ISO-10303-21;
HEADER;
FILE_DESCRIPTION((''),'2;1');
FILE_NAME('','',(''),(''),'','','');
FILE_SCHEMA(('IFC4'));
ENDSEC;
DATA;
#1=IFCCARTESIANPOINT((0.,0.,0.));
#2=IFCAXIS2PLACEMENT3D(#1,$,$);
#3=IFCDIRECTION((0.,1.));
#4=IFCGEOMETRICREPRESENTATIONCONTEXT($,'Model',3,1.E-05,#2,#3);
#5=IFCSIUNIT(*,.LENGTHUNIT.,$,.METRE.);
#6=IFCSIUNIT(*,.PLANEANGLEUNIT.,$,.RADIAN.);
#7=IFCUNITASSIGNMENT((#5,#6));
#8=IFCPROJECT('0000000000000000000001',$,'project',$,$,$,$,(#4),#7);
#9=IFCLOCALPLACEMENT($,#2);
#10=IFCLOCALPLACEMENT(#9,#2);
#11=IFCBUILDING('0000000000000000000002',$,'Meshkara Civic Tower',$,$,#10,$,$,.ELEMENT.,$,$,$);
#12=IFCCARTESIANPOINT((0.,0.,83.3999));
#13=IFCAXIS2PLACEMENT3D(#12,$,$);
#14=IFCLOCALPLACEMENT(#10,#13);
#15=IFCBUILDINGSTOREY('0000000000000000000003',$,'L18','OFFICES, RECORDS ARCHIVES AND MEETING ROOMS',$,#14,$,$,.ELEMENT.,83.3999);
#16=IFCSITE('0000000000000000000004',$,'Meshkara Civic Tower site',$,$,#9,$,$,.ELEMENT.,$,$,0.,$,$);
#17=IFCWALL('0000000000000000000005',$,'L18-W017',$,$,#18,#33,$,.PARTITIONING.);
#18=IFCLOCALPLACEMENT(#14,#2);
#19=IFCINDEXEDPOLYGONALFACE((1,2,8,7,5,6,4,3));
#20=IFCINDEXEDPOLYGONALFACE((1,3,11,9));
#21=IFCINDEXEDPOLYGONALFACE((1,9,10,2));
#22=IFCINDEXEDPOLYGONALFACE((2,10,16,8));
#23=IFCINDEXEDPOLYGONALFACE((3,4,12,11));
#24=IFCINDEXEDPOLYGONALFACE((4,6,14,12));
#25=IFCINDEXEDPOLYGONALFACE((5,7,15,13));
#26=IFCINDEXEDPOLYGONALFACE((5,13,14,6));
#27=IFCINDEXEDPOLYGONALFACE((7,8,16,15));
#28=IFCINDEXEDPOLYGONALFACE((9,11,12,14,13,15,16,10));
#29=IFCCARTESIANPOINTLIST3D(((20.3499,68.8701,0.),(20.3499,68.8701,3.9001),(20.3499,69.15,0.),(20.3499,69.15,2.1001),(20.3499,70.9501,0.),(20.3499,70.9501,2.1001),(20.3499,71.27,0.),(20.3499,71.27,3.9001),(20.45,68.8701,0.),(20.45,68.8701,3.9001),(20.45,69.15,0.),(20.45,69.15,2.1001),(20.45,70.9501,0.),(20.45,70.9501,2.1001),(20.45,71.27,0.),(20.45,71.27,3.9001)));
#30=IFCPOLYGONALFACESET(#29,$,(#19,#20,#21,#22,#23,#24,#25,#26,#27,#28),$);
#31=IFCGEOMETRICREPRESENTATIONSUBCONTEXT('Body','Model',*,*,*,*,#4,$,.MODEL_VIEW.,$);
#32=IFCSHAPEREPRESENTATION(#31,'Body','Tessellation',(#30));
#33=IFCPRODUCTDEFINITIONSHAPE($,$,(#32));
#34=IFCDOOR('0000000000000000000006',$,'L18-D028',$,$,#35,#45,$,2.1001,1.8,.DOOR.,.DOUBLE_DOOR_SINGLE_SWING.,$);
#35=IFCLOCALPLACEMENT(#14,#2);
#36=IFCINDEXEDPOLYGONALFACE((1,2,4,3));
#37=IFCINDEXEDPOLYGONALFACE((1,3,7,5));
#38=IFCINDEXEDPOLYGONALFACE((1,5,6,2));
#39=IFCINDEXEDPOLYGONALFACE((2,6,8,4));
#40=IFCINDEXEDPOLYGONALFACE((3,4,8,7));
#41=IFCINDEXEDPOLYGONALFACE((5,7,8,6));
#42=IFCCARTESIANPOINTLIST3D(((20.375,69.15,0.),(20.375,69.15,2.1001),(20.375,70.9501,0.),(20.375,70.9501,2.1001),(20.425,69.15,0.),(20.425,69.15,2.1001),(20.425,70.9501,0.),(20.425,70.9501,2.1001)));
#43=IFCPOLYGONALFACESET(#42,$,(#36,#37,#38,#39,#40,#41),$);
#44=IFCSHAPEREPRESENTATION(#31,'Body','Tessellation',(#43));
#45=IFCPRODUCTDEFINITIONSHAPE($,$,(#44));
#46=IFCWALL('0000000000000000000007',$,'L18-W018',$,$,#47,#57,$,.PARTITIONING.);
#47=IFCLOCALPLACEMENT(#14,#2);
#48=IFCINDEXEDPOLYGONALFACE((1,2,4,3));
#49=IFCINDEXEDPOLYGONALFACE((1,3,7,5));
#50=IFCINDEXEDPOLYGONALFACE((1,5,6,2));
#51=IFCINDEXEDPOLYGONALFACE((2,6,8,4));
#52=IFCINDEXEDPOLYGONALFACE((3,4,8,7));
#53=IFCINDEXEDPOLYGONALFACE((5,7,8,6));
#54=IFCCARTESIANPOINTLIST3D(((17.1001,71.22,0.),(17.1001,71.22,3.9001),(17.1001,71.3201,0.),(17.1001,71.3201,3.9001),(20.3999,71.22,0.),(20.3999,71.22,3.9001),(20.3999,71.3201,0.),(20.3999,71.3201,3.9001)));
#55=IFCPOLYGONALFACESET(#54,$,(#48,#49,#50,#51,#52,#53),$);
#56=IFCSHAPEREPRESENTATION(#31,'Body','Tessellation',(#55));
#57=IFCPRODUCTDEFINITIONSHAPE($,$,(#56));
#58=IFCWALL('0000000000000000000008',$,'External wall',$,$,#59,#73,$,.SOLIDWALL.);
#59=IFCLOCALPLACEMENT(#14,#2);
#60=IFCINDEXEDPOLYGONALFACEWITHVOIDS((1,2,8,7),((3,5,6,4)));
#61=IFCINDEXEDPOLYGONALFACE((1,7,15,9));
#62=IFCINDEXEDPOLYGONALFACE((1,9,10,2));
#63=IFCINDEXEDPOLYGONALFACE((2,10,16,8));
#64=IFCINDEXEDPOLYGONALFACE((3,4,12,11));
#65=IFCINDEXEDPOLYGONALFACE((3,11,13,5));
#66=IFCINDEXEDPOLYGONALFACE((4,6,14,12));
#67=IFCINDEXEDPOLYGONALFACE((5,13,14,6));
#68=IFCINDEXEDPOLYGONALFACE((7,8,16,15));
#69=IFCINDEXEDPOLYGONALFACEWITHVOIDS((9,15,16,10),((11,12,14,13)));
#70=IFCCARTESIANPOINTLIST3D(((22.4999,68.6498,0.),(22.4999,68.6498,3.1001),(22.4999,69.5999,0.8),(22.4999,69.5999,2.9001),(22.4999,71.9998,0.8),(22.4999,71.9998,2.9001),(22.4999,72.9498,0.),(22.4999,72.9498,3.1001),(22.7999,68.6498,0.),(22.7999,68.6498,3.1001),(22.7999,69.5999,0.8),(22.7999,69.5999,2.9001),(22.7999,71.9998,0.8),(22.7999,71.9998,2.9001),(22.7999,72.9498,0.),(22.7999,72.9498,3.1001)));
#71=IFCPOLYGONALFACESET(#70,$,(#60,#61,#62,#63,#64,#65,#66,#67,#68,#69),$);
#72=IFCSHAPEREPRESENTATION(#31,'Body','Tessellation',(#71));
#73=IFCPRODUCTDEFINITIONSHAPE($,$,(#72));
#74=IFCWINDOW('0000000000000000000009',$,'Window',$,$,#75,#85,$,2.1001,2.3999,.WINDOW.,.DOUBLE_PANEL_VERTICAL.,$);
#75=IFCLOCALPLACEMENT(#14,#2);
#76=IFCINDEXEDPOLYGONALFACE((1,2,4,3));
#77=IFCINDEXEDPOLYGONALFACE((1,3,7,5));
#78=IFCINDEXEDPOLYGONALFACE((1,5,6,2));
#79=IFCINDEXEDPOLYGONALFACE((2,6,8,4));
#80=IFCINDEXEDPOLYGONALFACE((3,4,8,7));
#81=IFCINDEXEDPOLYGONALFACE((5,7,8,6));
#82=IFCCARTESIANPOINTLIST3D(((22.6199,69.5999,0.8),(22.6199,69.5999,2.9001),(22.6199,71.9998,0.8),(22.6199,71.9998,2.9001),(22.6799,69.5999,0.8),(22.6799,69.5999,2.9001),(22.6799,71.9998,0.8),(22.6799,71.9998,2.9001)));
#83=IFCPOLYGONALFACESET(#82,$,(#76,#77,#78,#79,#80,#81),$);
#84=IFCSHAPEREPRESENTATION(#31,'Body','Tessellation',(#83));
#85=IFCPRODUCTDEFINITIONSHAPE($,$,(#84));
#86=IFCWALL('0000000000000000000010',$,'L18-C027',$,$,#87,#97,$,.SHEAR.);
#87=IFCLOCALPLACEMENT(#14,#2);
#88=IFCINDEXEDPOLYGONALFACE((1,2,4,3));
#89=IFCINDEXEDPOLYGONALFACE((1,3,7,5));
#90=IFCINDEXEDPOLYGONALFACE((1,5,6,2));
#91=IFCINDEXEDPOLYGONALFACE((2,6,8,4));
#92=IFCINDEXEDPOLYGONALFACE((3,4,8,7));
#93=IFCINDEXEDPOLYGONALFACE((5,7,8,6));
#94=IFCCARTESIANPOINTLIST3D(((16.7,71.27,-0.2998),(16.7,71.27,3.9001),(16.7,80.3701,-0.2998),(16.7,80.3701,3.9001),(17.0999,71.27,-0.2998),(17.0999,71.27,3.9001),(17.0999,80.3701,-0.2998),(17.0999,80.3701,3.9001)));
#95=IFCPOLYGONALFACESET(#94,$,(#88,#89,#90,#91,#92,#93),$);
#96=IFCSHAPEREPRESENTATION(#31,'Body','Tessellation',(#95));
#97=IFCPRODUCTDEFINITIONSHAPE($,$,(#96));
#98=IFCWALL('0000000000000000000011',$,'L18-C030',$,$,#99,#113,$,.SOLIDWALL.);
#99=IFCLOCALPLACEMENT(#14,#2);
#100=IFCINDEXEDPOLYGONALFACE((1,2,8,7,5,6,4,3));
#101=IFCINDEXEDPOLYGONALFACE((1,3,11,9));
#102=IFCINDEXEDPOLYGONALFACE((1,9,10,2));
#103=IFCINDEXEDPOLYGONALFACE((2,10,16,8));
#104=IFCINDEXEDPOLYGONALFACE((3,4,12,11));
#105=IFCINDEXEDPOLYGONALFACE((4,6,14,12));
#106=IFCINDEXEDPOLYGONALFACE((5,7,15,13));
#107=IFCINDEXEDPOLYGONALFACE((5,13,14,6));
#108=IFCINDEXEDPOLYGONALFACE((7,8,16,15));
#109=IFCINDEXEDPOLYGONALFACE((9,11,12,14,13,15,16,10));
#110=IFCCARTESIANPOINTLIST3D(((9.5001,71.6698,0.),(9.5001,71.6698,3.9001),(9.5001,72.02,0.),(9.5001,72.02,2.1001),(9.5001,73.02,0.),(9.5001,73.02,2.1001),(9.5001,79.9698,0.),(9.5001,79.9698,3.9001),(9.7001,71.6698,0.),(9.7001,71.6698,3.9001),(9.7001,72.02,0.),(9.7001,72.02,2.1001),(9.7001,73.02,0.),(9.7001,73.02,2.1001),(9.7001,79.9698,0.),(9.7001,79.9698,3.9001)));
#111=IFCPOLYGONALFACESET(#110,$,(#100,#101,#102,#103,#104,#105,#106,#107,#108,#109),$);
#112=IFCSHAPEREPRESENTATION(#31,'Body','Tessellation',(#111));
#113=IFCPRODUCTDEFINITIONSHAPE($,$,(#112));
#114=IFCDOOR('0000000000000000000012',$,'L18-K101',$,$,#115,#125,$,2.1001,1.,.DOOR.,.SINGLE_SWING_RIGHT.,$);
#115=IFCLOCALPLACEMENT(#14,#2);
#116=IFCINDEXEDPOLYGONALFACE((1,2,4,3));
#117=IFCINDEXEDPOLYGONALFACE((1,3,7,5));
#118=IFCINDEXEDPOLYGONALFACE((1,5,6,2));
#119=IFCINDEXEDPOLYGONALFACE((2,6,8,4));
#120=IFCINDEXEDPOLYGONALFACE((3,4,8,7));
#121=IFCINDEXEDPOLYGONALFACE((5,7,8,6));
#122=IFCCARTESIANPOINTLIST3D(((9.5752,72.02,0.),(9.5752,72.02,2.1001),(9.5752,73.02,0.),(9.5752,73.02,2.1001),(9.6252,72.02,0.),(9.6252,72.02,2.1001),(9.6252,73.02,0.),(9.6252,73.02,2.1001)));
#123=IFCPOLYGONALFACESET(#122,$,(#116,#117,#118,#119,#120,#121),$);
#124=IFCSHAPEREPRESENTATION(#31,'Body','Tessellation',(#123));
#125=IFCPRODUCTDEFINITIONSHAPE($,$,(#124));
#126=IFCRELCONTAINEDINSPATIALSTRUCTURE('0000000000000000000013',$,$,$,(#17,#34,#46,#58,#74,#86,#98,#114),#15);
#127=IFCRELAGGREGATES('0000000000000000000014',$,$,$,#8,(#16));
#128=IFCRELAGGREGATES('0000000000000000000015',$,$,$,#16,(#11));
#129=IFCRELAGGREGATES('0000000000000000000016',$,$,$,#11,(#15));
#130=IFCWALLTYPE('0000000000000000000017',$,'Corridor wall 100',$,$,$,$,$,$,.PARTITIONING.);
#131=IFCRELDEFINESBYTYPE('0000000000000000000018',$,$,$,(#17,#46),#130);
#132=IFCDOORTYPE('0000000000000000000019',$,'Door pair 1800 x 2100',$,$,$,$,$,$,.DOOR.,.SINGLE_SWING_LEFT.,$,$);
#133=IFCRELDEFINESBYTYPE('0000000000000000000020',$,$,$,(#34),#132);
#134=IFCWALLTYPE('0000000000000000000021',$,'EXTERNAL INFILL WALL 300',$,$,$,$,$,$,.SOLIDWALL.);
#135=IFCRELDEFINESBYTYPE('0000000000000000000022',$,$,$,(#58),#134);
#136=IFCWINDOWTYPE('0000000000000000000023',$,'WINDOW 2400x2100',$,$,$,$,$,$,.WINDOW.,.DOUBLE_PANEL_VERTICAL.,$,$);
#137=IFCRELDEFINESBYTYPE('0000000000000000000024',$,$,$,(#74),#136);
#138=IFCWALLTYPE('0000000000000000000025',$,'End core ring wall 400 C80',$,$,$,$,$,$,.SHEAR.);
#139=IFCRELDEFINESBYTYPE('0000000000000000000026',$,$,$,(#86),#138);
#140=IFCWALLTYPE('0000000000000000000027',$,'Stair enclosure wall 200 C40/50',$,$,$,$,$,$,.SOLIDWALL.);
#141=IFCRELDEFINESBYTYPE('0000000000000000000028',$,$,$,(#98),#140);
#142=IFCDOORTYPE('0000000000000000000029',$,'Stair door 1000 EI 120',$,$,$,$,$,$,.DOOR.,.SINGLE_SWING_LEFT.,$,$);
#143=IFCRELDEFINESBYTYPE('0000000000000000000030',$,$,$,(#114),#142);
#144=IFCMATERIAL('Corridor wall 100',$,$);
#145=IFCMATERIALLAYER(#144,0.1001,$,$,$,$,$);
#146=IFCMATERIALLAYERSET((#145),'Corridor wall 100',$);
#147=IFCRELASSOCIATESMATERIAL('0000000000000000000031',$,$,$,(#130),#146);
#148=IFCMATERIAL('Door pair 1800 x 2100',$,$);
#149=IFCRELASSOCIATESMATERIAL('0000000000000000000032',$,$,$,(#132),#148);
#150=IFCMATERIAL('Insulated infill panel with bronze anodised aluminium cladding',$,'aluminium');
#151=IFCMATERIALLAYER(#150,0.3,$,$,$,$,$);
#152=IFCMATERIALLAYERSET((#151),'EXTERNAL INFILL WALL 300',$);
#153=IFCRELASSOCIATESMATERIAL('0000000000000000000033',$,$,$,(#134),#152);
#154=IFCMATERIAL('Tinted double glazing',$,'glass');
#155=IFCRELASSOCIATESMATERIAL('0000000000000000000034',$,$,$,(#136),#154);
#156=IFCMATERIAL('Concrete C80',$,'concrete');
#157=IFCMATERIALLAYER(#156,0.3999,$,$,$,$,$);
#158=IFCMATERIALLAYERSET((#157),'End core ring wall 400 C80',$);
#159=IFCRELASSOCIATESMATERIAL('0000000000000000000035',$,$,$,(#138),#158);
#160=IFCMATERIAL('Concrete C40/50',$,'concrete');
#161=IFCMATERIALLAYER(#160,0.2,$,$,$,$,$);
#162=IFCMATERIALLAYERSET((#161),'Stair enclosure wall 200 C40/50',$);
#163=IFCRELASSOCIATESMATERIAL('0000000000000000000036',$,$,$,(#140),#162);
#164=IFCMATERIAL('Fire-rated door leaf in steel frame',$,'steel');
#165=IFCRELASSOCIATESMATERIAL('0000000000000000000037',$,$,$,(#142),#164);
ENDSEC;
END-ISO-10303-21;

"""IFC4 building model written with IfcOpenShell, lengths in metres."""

from ifc_helpers import new_model, si_unit, direction, frame, frame_2d, origin, place, context, subcontext, project, spatial, rectangle, extrude, material, layer, layer_set, type_object, element, fill, save


model = new_model("IFC4")

# Units and contexts
model_context = context("Model", 3, precision=1e-05, world=origin(), true_north=direction((0.0, 1.0)))
body_context = subcontext(model_context, "Body", "Model", "MODEL_VIEW")
ifc_project = project(units=[si_unit("LENGTHUNIT", "METRE"), si_unit("PLANEANGLEUNIT", "RADIAN")], contexts=[model_context])

# Site, building, storey
site_placement = place(None, origin())
site = spatial("IfcSite", under=ifc_project, at=site_placement, Name="Meshkara Civic Tower site", CompositionType="ELEMENT", RefElevation=0.0)
building_placement = place(site_placement, origin())
building = spatial("IfcBuilding", under=site, at=building_placement, Name="Meshkara Civic Tower", CompositionType="ELEMENT")
storey_placement = place(building_placement, frame((0.0, 0.0, 83.3999)))
storey = spatial("IfcBuildingStorey", under=building, at=storey_placement, Name="L18", Description="OFFICES, RECORDS ARCHIVES AND MEETING ROOMS", CompositionType="ELEMENT", Elevation=83.3999)

# Shared definitions
ifc_material_1 = material(Name="Corridor wall 100")
ifc_layer_1 = layer(ifc_material_1, 0.1001)
ifc_layer_set_1 = layer_set([ifc_layer_1], Name="Corridor wall 100")
wall_type_1 = type_object("IfcWallType", Name="Corridor wall 100", PredefinedType="PARTITIONING", material=ifc_layer_set_1)
ifc_material_2 = material(Name="Door pair 1800 x 2100")
door_type_1 = type_object("IfcDoorType", Name="Door pair 1800 x 2100", OperationType="SINGLE_SWING_LEFT", PredefinedType="DOOR", material=ifc_material_2)

# Wall, opening, door
wall_1_placement = place(storey_placement, frame((20.3999, 68.8701, 0.0), z_axis=(0.0, 0.0, 1.0), x_axis=(0.0, 1.0, 0.0)))
wall_1 = element("IfcWall", 1, at=wall_1_placement, inside=storey, type_object=wall_type_1, Name="L18-W017", PredefinedType="PARTITIONING", context=body_context, shape_type="SweptSolid", body=[
    extrude(rectangle(XDim=2.3999, YDim=0.1001, at=frame_2d((1.2, 0.0))), origin(), (0.0, 0.0, 1.0), 3.9001),
])
opening_1_placement = place(wall_1_placement, frame((0.28, 0.0, 0.0)))
opening_1 = element("IfcOpeningElement", 2, at=opening_1_placement, cuts=wall_1, PredefinedType="OPENING", context=body_context, shape_type="SweptSolid", body=[
    extrude(rectangle(XDim=1.8, YDim=2.1001, at=frame_2d((0.8999, 1.05))), frame((0.0, 0.0601, 0.0), z_axis=(0.0, -1.0, 0.0), x_axis=(1.0, 0.0, 0.0)), (0.0, 0.0, 1.0), 0.1201),
])
door_1_placement = place(opening_1_placement, origin())
door_1 = element("IfcDoor", 3, at=door_1_placement, inside=storey, type_object=door_type_1, Name="L18-D028", OperationType="DOUBLE_DOOR_SINGLE_SWING", OverallHeight=2.1001, OverallWidth=1.8, PredefinedType="DOOR", context=body_context, shape_type="SweptSolid", body=[
    extrude(rectangle(XDim=1.8, YDim=2.1001, at=frame_2d((0.8999, 1.05))), frame((0.0, 0.0249, 0.0), z_axis=(0.0, -1.0, 0.0), x_axis=(1.0, 0.0, 0.0)), (0.0, 0.0, 1.0), 0.05),
])
fill(opening_1, door_1)

# Wall
wall_2_placement = place(storey_placement, frame((20.3999, 71.27, 0.0), z_axis=(0.0, 0.0, 1.0), x_axis=(-1.0, 0.0, 0.0)))
element("IfcWall", 4, at=wall_2_placement, inside=storey, type_object=wall_type_1, Name="L18-W018", PredefinedType="PARTITIONING", context=body_context, shape_type="SweptSolid", body=[
    extrude(rectangle(XDim=3.2998, YDim=0.1001, at=frame_2d((1.6499, 0.0))), origin(), (0.0, 0.0, 1.0), 3.9001),
])

# Wall, opening, window
ifc_material_3 = material(Name="Insulated infill panel with bronze anodised aluminium cladding", Category="aluminium")
ifc_layer_2 = layer(ifc_material_3, 0.3)
ifc_layer_set_2 = layer_set([ifc_layer_2], Name="EXTERNAL INFILL WALL 300")
wall_type_2 = type_object("IfcWallType", Name="EXTERNAL INFILL WALL 300", PredefinedType="SOLIDWALL", material=ifc_layer_set_2)
wall_3_placement = place(storey_placement, frame((22.6499, 68.6499, 0.0), z_axis=(0.0, 0.0, 1.0), x_axis=(0.0, 1.0, 0.0)))
wall_3 = element("IfcWall", 5, at=wall_3_placement, inside=storey, type_object=wall_type_2, Name="External wall", PredefinedType="SOLIDWALL", context=body_context, shape_type="SweptSolid", body=[
    extrude(rectangle(XDim=4.3, YDim=0.3, at=frame_2d((2.1499, 0.0))), origin(), (0.0, 0.0, 1.0), 3.1001),
])
opening_2_placement = place(wall_3_placement, frame((0.95, 0.0, 0.8)))
opening_2 = element("IfcOpeningElement", 6, at=opening_2_placement, cuts=wall_3, PredefinedType="OPENING", context=body_context, shape_type="SweptSolid", body=[
    extrude(rectangle(XDim=2.3999, YDim=2.1001, at=frame_2d((1.2, 1.05))), frame((0.0, 0.1599, 0.0), z_axis=(0.0, -1.0, 0.0), x_axis=(1.0, 0.0, 0.0)), (0.0, 0.0, 1.0), 0.3201),
])
ifc_material_4 = material(Name="Tinted double glazing", Category="glass")
window_type = type_object("IfcWindowType", Name="WINDOW 2400x2100", PartitioningType="DOUBLE_PANEL_VERTICAL", PredefinedType="WINDOW", material=ifc_material_4)
window_placement = place(opening_2_placement, origin())
window = element("IfcWindow", 7, at=window_placement, inside=storey, type_object=window_type, Name="Window", OverallHeight=2.1001, OverallWidth=2.3999, PartitioningType="DOUBLE_PANEL_VERTICAL", PredefinedType="WINDOW", context=body_context, shape_type="SweptSolid", body=[
    extrude(rectangle(XDim=2.3999, YDim=2.1001, at=frame_2d((1.2, 1.05))), frame((0.0, 0.03, 0.0), z_axis=(0.0, -1.0, 0.0), x_axis=(1.0, 0.0, 0.0)), (0.0, 0.0, 1.0), 0.0601),
])
fill(opening_2, window)

# Wall
ifc_material_5 = material(Name="Concrete C80", Category="concrete")
ifc_layer_3 = layer(ifc_material_5, 0.3999)
ifc_layer_set_3 = layer_set([ifc_layer_3], Name="End core ring wall 400 C80")
wall_type_3 = type_object("IfcWallType", Name="End core ring wall 400 C80", PredefinedType="SHEAR", material=ifc_layer_set_3)
wall_4_placement = place(storey_placement, frame((16.8999, 71.27, -0.2998), z_axis=(0.0, 0.0, 1.0), x_axis=(0.0, 1.0, 0.0)))
element("IfcWall", 8, at=wall_4_placement, inside=storey, type_object=wall_type_3, Name="L18-C027", PredefinedType="SHEAR", context=body_context, shape_type="SweptSolid", body=[
    extrude(rectangle(XDim=9.1001, YDim=0.3999, at=frame_2d((4.55, 0.0))), origin(), (0.0, 0.0, 1.0), 4.2),
])

# Wall, opening, door
ifc_material_6 = material(Name="Concrete C40/50", Category="concrete")
ifc_layer_4 = layer(ifc_material_6, 0.2)
ifc_layer_set_4 = layer_set([ifc_layer_4], Name="Stair enclosure wall 200 C40/50")
wall_type_4 = type_object("IfcWallType", Name="Stair enclosure wall 200 C40/50", PredefinedType="SOLIDWALL", material=ifc_layer_set_4)
wall_5_placement = place(storey_placement, frame((9.6001, 71.6699, 0.0), z_axis=(0.0, 0.0, 1.0), x_axis=(0.0, 1.0, 0.0)))
wall_5 = element("IfcWall", 9, at=wall_5_placement, inside=storey, type_object=wall_type_4, Name="L18-C030", PredefinedType="SOLIDWALL", context=body_context, shape_type="SweptSolid", body=[
    extrude(rectangle(XDim=8.3, YDim=0.2, at=frame_2d((4.1499, 0.0))), origin(), (0.0, 0.0, 1.0), 3.9001),
])
opening_3_placement = place(wall_5_placement, frame((0.3501, 0.0, 0.0)))
opening_3 = element("IfcOpeningElement", 10, at=opening_3_placement, cuts=wall_5, PredefinedType="OPENING", context=body_context, shape_type="SweptSolid", body=[
    extrude(rectangle(XDim=1.0, YDim=2.1001, at=frame_2d((0.5, 1.05))), frame((0.0, 0.1099, 0.0), z_axis=(0.0, -1.0, 0.0), x_axis=(1.0, 0.0, 0.0)), (0.0, 0.0, 1.0), 0.22),
])
ifc_material_7 = material(Name="Fire-rated door leaf in steel frame", Category="steel")
door_type_2 = type_object("IfcDoorType", Name="Stair door 1000 EI 120", OperationType="SINGLE_SWING_LEFT", PredefinedType="DOOR", material=ifc_material_7)
door_2_placement = place(opening_3_placement, origin())
door_2 = element("IfcDoor", 11, at=door_2_placement, inside=storey, type_object=door_type_2, Name="L18-K101", OperationType="SINGLE_SWING_RIGHT", OverallHeight=2.1001, OverallWidth=1.0, PredefinedType="DOOR", context=body_context, shape_type="SweptSolid", body=[
    extrude(rectangle(XDim=1.0, YDim=2.1001, at=frame_2d((0.5, 1.05))), frame((0.0, 0.0249, 0.0), z_axis=(0.0, -1.0, 0.0), x_axis=(1.0, 0.0, 0.0)), (0.0, 0.0, 1.0), 0.05),
])
fill(opening_3, door_2)

save(model, "model.ifc")
